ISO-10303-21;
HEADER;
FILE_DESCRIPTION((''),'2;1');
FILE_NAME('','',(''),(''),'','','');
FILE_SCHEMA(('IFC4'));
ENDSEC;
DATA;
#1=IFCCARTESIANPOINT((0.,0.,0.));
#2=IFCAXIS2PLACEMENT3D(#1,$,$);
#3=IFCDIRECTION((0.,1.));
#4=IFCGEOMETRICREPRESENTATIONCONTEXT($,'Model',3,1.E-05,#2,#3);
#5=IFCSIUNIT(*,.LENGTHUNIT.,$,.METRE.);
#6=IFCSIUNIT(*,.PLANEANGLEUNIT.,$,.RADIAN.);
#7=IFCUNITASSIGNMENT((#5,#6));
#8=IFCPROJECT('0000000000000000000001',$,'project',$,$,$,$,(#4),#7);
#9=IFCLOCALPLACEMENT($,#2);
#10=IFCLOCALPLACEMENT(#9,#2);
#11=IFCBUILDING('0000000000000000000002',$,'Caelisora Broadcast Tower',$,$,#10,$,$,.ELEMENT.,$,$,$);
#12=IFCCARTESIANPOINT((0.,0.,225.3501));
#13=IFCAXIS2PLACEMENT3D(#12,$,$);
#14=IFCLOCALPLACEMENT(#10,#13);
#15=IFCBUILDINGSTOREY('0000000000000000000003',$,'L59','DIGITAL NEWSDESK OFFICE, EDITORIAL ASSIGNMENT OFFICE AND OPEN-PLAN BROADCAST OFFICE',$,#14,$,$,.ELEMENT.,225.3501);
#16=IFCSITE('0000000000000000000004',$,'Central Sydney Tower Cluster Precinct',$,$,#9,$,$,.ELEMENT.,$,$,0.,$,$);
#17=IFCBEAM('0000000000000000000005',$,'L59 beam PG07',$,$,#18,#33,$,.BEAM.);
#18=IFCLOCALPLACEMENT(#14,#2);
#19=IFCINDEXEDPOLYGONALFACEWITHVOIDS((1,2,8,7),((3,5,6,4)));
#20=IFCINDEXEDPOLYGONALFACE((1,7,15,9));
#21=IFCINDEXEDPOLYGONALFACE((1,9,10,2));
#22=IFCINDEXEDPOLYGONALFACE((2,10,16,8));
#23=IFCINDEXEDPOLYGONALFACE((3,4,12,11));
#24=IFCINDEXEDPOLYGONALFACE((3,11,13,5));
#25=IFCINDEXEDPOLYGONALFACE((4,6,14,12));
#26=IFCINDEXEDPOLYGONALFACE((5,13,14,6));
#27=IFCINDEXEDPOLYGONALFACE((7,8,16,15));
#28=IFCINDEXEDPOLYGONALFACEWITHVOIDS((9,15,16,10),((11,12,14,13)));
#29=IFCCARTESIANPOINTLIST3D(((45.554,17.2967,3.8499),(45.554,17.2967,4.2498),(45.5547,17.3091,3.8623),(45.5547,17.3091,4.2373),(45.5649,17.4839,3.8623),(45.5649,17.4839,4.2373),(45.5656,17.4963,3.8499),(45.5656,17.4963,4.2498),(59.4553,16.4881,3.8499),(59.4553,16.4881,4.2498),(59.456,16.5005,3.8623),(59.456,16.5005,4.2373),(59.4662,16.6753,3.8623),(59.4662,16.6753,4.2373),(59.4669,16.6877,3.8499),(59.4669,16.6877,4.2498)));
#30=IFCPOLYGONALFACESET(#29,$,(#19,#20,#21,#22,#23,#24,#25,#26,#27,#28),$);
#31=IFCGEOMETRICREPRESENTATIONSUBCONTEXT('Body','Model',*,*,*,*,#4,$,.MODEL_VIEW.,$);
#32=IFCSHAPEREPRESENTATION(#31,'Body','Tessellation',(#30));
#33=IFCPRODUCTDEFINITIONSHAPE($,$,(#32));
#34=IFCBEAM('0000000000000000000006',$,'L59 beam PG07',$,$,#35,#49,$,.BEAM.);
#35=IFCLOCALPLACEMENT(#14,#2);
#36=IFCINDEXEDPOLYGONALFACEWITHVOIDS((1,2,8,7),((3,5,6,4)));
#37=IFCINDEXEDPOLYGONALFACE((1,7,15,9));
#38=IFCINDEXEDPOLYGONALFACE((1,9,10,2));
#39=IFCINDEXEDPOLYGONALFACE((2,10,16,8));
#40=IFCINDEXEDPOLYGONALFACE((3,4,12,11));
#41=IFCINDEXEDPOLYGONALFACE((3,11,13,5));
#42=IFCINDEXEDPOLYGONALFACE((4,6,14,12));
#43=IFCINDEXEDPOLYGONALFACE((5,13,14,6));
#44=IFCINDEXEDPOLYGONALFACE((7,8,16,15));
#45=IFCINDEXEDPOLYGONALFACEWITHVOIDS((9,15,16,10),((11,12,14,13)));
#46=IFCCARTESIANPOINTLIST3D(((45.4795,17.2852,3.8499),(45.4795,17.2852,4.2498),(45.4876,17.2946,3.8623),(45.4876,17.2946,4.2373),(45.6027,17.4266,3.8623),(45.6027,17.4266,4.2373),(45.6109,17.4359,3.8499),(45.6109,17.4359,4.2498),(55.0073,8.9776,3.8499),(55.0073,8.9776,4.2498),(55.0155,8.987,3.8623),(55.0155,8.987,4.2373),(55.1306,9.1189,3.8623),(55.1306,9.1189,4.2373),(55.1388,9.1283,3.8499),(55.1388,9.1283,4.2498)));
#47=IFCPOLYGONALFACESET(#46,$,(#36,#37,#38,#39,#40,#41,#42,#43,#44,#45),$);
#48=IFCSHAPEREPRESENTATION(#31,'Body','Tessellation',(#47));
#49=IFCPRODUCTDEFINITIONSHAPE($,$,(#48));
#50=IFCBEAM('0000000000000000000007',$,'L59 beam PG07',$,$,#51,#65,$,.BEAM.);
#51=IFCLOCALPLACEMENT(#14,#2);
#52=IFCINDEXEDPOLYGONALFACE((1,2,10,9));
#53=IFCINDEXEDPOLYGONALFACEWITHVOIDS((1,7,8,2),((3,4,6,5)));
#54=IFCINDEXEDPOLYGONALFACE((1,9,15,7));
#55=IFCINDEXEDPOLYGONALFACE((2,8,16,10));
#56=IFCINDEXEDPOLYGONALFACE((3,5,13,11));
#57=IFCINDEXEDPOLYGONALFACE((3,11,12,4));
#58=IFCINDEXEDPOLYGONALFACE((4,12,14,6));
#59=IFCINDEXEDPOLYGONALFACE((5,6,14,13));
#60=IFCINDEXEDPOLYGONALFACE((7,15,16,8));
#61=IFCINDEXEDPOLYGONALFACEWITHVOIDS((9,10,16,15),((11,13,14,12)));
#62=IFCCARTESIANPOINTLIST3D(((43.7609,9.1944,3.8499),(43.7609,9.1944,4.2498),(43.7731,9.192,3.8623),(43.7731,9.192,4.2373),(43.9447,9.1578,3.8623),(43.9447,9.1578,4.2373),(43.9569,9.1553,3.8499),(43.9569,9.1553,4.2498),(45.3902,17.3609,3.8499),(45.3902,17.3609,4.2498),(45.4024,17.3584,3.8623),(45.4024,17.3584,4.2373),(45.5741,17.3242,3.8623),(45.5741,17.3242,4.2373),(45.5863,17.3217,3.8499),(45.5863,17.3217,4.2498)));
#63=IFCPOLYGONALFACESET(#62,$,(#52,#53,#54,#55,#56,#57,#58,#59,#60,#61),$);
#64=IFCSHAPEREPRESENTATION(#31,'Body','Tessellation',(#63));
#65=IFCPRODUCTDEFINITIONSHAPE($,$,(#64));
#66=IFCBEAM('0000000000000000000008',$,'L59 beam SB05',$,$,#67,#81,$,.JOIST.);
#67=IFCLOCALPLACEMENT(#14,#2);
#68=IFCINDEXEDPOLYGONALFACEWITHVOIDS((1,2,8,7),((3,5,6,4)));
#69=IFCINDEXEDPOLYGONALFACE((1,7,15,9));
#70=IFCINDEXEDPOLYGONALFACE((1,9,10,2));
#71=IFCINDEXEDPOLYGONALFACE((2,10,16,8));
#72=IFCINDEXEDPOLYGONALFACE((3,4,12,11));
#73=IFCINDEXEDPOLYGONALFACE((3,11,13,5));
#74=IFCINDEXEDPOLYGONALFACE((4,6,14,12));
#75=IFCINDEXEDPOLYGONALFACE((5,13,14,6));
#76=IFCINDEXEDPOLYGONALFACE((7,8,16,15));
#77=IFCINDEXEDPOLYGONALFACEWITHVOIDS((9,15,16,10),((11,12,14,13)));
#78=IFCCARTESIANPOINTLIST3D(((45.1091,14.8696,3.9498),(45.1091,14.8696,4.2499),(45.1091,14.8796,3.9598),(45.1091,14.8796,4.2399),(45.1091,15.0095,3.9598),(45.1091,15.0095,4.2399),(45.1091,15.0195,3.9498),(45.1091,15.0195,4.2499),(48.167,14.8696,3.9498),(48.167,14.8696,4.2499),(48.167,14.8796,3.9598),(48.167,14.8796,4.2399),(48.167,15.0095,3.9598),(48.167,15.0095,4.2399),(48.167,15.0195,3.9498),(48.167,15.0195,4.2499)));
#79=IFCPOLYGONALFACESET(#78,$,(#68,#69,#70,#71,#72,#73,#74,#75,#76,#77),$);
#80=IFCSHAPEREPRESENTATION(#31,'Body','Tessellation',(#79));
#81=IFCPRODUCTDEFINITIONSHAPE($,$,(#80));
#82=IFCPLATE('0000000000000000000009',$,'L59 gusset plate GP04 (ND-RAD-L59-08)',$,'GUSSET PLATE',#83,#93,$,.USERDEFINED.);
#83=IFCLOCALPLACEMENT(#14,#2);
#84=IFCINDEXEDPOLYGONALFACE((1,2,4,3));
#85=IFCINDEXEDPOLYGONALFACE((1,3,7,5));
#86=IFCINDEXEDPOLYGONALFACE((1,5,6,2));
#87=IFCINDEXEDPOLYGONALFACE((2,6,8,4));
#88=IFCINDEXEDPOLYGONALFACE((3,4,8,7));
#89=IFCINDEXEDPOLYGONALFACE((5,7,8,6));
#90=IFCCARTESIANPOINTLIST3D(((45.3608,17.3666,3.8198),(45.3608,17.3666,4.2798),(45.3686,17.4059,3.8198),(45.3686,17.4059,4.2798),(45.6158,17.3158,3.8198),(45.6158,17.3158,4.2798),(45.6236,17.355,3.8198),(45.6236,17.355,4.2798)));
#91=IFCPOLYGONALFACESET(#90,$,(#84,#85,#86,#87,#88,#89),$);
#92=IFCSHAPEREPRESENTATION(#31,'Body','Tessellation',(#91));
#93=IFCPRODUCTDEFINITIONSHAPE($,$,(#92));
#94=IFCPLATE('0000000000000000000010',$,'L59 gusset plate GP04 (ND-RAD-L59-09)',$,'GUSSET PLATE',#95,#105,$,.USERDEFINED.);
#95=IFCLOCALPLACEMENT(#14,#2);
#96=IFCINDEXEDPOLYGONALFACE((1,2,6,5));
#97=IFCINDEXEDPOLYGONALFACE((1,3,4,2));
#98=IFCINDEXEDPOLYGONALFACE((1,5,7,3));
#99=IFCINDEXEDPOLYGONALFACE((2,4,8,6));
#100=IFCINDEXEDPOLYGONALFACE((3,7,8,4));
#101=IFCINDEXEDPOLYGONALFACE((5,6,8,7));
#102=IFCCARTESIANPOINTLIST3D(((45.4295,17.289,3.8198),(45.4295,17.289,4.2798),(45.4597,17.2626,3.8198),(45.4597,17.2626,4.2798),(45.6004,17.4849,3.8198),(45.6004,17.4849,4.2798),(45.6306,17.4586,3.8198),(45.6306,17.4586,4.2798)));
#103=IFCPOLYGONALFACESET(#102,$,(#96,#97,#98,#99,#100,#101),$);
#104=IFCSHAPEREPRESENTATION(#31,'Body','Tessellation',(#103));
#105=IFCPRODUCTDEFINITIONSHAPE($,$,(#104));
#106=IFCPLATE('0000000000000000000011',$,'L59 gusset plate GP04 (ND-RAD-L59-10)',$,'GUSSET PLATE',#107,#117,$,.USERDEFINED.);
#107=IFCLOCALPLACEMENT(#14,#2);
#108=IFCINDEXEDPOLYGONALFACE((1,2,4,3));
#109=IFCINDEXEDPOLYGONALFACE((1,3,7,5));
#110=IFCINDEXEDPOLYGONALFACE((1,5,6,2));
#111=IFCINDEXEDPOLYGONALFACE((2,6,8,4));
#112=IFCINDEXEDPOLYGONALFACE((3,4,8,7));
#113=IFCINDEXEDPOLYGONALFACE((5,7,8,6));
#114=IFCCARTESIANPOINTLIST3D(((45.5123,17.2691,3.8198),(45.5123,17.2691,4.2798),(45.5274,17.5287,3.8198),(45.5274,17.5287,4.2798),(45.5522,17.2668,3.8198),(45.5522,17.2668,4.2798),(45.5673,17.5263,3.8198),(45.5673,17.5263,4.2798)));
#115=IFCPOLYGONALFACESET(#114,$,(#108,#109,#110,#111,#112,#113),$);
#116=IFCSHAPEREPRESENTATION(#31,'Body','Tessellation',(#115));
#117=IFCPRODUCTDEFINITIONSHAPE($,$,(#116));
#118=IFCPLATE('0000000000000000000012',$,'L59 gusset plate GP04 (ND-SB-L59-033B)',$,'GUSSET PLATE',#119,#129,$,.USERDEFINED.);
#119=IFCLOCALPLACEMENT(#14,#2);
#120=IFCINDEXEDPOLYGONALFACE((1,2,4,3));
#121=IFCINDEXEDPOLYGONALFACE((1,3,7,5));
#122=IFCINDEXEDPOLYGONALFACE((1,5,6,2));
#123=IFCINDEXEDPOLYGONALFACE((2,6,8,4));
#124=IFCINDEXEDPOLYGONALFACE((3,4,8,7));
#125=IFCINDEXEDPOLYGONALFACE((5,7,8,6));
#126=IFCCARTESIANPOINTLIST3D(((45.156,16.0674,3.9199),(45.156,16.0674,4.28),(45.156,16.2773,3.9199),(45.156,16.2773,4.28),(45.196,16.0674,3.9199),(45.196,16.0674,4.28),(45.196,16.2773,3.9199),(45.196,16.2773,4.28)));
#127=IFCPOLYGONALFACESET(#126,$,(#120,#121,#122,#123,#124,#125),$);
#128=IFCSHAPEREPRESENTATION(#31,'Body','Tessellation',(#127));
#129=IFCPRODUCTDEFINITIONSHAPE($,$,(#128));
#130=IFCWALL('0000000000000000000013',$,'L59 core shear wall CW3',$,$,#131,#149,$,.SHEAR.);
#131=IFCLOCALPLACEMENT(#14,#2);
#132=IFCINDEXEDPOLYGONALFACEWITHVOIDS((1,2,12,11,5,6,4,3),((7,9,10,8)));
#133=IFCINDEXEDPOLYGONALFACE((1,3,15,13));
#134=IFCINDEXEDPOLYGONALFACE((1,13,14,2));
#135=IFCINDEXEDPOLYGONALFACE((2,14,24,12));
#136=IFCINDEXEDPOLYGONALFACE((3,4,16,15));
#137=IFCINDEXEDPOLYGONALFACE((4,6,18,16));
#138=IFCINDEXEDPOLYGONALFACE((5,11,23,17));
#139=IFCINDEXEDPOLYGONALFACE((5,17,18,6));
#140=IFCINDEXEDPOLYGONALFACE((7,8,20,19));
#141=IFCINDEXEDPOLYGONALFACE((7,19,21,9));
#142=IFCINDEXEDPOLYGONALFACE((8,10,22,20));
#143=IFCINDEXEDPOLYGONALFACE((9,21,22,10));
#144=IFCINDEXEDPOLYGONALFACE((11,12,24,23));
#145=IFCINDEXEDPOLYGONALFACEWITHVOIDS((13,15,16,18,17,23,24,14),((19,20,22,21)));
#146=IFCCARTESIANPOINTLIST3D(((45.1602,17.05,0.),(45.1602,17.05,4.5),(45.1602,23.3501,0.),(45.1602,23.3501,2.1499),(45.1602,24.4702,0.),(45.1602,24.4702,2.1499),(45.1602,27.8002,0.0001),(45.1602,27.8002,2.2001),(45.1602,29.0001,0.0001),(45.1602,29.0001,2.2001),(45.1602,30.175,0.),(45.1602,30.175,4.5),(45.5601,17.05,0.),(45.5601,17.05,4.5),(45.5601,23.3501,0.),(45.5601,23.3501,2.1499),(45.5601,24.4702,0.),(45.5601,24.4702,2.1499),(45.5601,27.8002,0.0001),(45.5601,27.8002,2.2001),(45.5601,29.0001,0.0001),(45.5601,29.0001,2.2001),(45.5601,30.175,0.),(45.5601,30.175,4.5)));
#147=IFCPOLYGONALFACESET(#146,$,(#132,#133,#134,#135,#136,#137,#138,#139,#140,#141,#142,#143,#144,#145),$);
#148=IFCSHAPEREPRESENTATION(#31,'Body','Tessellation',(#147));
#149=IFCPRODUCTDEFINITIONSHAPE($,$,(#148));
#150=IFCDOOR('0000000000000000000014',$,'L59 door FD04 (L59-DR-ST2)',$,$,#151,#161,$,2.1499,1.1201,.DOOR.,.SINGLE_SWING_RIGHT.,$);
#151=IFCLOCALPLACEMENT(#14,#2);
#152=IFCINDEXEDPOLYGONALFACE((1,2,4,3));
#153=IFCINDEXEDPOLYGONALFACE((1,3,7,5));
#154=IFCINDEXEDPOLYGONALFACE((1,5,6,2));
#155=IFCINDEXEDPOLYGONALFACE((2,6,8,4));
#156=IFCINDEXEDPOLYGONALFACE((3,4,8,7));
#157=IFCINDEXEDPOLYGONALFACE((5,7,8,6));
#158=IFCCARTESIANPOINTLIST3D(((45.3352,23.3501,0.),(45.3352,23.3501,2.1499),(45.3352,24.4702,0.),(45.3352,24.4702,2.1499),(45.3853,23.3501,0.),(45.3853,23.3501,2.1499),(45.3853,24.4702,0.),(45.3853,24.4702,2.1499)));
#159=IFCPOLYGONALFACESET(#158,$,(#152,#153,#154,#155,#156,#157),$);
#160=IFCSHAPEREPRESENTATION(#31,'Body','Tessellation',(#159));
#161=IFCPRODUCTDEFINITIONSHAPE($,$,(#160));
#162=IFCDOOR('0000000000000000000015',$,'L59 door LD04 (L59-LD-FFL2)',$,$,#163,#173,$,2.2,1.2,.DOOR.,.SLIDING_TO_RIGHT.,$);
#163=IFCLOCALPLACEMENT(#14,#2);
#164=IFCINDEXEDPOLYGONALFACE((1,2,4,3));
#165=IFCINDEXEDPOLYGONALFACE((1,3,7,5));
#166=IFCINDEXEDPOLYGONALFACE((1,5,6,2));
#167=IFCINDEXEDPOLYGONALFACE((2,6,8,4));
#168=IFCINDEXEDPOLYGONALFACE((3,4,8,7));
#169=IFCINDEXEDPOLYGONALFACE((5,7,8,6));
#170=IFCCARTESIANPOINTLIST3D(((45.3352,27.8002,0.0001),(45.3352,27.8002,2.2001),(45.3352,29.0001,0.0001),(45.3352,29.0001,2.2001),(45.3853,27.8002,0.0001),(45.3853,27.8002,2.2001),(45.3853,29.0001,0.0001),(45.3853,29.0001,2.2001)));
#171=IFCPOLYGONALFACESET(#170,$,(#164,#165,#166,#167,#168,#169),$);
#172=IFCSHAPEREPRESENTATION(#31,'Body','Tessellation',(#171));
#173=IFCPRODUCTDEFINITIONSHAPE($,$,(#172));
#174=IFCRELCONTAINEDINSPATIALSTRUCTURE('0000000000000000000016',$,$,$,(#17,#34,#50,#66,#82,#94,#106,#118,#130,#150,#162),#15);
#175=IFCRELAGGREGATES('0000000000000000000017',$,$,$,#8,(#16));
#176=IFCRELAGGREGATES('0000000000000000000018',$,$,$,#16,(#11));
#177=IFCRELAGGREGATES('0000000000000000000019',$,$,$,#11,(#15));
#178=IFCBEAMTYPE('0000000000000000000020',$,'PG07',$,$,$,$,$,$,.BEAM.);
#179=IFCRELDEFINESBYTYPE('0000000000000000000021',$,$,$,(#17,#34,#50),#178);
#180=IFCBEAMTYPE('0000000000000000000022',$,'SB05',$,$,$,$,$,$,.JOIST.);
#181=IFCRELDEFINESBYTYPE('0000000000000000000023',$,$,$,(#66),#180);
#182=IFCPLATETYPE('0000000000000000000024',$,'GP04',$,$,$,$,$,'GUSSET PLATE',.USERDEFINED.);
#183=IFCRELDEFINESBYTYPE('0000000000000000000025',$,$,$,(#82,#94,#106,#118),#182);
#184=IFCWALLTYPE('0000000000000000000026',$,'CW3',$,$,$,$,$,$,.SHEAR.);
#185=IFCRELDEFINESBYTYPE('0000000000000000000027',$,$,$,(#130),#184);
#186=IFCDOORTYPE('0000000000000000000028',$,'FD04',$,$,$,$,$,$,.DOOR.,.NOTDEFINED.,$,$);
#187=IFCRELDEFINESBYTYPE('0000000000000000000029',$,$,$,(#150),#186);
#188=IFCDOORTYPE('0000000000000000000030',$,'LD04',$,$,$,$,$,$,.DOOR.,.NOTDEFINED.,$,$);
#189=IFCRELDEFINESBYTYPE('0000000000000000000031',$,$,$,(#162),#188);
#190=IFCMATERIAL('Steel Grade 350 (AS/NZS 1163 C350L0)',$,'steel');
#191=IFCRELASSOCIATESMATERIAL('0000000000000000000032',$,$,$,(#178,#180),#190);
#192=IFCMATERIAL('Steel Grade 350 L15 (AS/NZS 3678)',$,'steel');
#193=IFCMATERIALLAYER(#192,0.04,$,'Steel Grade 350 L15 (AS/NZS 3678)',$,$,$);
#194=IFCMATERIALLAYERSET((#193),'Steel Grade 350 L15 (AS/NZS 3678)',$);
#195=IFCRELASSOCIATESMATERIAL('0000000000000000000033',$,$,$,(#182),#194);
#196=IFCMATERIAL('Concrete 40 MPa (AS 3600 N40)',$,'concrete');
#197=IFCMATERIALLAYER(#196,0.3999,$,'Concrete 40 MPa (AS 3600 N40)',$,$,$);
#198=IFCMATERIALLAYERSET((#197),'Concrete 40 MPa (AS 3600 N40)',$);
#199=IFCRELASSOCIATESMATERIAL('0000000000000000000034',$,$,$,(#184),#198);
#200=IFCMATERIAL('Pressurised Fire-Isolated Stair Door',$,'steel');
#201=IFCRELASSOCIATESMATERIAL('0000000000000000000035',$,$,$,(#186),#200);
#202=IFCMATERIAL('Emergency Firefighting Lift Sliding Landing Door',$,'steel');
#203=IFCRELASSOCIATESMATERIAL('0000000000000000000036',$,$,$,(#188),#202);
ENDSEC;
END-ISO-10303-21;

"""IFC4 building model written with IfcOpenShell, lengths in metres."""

from ifc_helpers import new_model, si_unit, direction, frame, frame_2d, origin, origin_2d, place, context, subcontext, project, spatial, rectangle, hollow_rectangle, extrude, source, transform, mapped, material, layer, layer_set, material_profile, profile_set, type_object, type_shapes, element, fill, save


model = new_model("IFC4")

# Units and contexts
model_context = context("Model", 3, precision=1e-05, world=origin(), true_north=direction((0.0, 1.0)))
body_context = subcontext(model_context, "Body", "Model", "MODEL_VIEW")
ifc_project = project(units=[si_unit("LENGTHUNIT", "METRE"), si_unit("PLANEANGLEUNIT", "RADIAN")], contexts=[model_context])

# Site, building, storey
site_placement = place(None, origin())
site = spatial("IfcSite", under=ifc_project, at=site_placement, Name="Central Sydney Tower Cluster Precinct", CompositionType="ELEMENT", RefElevation=0.0)
building_placement = place(site_placement, origin())
building = spatial("IfcBuilding", under=site, at=building_placement, Name="Caelisora Broadcast Tower", CompositionType="ELEMENT")
storey_placement = place(building_placement, frame((0.0, 0.0, 225.3501)))
storey = spatial("IfcBuildingStorey", under=building, at=storey_placement, Name="L59", Description="DIGITAL NEWSDESK OFFICE, EDITORIAL ASSIGNMENT OFFICE AND OPEN-PLAN BROADCAST OFFICE", CompositionType="ELEMENT", Elevation=225.3501)

# Beams
ifc_material_1 = material(Name="Steel Grade 350 (AS/NZS 1163 C350L0)", Category="steel")
ifc_material_profile_1 = material_profile(ifc_material_1, hollow_rectangle(XDim=0.2, YDim=0.3999, WallThickness=0.0125, at=origin_2d()), Name="Steel Grade 350 (AS/NZS 1163 C350L0)")
ifc_profile_set_1 = profile_set([ifc_material_profile_1], Name="Steel Grade 350 (AS/NZS 1163 C350L0)")
beam_type_1 = type_object("IfcBeamType", Name="PG07", PredefinedType="BEAM", material=ifc_profile_set_1)
shared_shape_1 = source(origin(), body_context, "Body", "SweptSolid", [
    extrude(hollow_rectangle(XDim=0.2, YDim=0.3999, WallThickness=0.0125, at=origin_2d()), origin(), (0.0, 0.0, 1.0), 13.9248),
])
beam_1_placement = place(storey_placement, frame((45.5598, 17.3965, 4.0498), z_axis=(0.998313, -0.058068, 0.0), x_axis=(0.058068, 0.998313, 0.0)))
element("IfcBeam", 1, at=beam_1_placement, inside=storey, type_object=beam_type_1, Name="L59 beam PG07", PredefinedType="BEAM", context=body_context, shape_type="MappedRepresentation", body=[
    mapped(shared_shape_1, transform((0.0, 0.0, 0.0), scale=1.0)),
])
shared_shape_2 = source(origin(), body_context, "Body", "SweptSolid", [
    extrude(hollow_rectangle(XDim=0.2, YDim=0.3999, WallThickness=0.0125, at=origin_2d()), origin(), (0.0, 0.0, 1.0), 12.6411),
])
beam_2_placement = place(storey_placement, frame((45.5452, 17.3606, 4.0498), z_axis=(0.753722, -0.657194, 0.0), x_axis=(0.657194, 0.753722, 0.0)))
element("IfcBeam", 2, at=beam_2_placement, inside=storey, type_object=beam_type_1, Name="L59 beam PG07", PredefinedType="BEAM", context=body_context, shape_type="MappedRepresentation", body=[
    mapped(shared_shape_2, transform((0.0, 0.0, 0.0), scale=1.0)),
])
shared_shape_3 = source(origin(), body_context, "Body", "SweptSolid", [
    extrude(hollow_rectangle(XDim=0.2, YDim=0.3999, WallThickness=0.0125, at=origin_2d()), origin(), (0.0, 0.0, 1.0), 8.3274),
])
type_shapes(beam_type_1, [shared_shape_1, shared_shape_2, shared_shape_3])
beam_3_placement = place(storey_placement, frame((45.4883, 17.3413, 4.0498), z_axis=(-0.195665, -0.980671, 0.0), x_axis=(0.980671, -0.195665, 0.0)))
element("IfcBeam", 3, at=beam_3_placement, inside=storey, type_object=beam_type_1, Name="L59 beam PG07", PredefinedType="BEAM", context=body_context, shape_type="MappedRepresentation", body=[
    mapped(shared_shape_3, transform((0.0, 0.0, 0.0), scale=1.0)),
])
ifc_material_profile_2 = material_profile(ifc_material_1, hollow_rectangle(XDim=0.1499, YDim=0.3, WallThickness=0.01, at=origin_2d()), Name="Steel Grade 350 (AS/NZS 1163 C350L0)")
ifc_profile_set_2 = profile_set([ifc_material_profile_2], Name="Steel Grade 350 (AS/NZS 1163 C350L0)")
beam_type_2 = type_object("IfcBeamType", Name="SB05", PredefinedType="JOIST", material=ifc_profile_set_2)
shared_shape_4 = source(origin(), body_context, "Body", "SweptSolid", [
    extrude(hollow_rectangle(XDim=0.1499, YDim=0.3, WallThickness=0.01, at=origin_2d()), origin(), (0.0, 0.0, 1.0), 3.0579),
])
type_shapes(beam_type_2, [shared_shape_4])
beam_4_placement = place(storey_placement, frame((45.1091, 14.9446, 4.0999), z_axis=(1.0, 0.0, 0.0), x_axis=(0.0, 1.0, 0.0)))
element("IfcBeam", 4, at=beam_4_placement, inside=storey, type_object=beam_type_2, Name="L59 beam SB05", PredefinedType="JOIST", context=body_context, shape_type="MappedRepresentation", body=[
    mapped(shared_shape_4, transform((0.0, 0.0, 0.0), scale=1.0)),
])

# Plates
ifc_material_2 = material(Name="Steel Grade 350 L15 (AS/NZS 3678)", Category="steel")
ifc_layer_1 = layer(ifc_material_2, 0.04, Name="Steel Grade 350 L15 (AS/NZS 3678)")
ifc_layer_set_1 = layer_set([ifc_layer_1], Name="Steel Grade 350 L15 (AS/NZS 3678)")
plate_type = type_object("IfcPlateType", Name="GP04", ElementType="GUSSET PLATE", PredefinedType="USERDEFINED", material=ifc_layer_set_1)
shared_shape_5 = source(origin(), body_context, "Body", "SweptSolid", [
    extrude(rectangle(XDim=0.26, YDim=0.04, at=origin_2d()), origin(), (0.0, 0.0, 1.0), 0.46),
])
for number, where, z_axis, x_axis, name in (
    (5, (45.4922, 17.3608, 3.8198), (0.0, 0.0, 1.0), (0.980683, -0.195604, 0.0), "L59 gusset plate GP04 (ND-RAD-L59-08)"),
    (6, (45.53, 17.3738, 3.8198), (0.0, 0.0, 1.0), (0.657244, 0.753678, 0.0), "L59 gusset plate GP04 (ND-RAD-L59-09)"),
    (7, (45.5398, 17.3977, 3.8198), (0.0, 0.0, 1.0), (0.058087, 0.998312, 0.0), "L59 gusset plate GP04 (ND-RAD-L59-10)"),
):
    element("IfcPlate", number, at=place(storey_placement, frame(where, z_axis=z_axis, x_axis=x_axis)), inside=storey, type_object=plate_type, Name=name, ObjectType="GUSSET PLATE", PredefinedType="USERDEFINED", context=body_context, shape_type="MappedRepresentation", body=[
        mapped(shared_shape_5, transform((0.0, 0.0, 0.0), scale=1.0)),
    ])
shared_shape_6 = source(origin(), body_context, "Body", "SweptSolid", [
    extrude(rectangle(XDim=0.21, YDim=0.04, at=origin_2d()), origin(), (0.0, 0.0, 1.0), 0.3601),
])
type_shapes(plate_type, [shared_shape_5, shared_shape_6])
plate_placement = place(storey_placement, frame((45.176, 16.1724, 3.9199), z_axis=(0.0, 0.0, 1.0), x_axis=(0.0, 1.0, 0.0)))
element("IfcPlate", 8, at=plate_placement, inside=storey, type_object=plate_type, Name="L59 gusset plate GP04 (ND-SB-L59-033B)", ObjectType="GUSSET PLATE", PredefinedType="USERDEFINED", context=body_context, shape_type="MappedRepresentation", body=[
    mapped(shared_shape_6, transform((0.0, 0.0, 0.0), scale=1.0)),
])

# Wall, openings, doors
ifc_material_3 = material(Name="Concrete 40 MPa (AS 3600 N40)", Category="concrete")
ifc_layer_2 = layer(ifc_material_3, 0.3999, Name="Concrete 40 MPa (AS 3600 N40)")
ifc_layer_set_2 = layer_set([ifc_layer_2], Name="Concrete 40 MPa (AS 3600 N40)")
wall_type_1 = type_object("IfcWallType", Name="CW3", PredefinedType="SHEAR", material=ifc_layer_set_2)
wall_1_placement = place(storey_placement, frame((45.3601, 17.05, 0.0), z_axis=(0.0, 0.0, 1.0), x_axis=(0.0, 1.0, 0.0)))
wall_1 = element("IfcWall", 9, at=wall_1_placement, inside=storey, type_object=wall_type_1, Name="L59 core shear wall CW3", PredefinedType="SHEAR", context=body_context, shape_type="SweptSolid", body=[
    extrude(rectangle(XDim=13.125, YDim=0.3999, at=frame_2d((6.5625, 0.0))), origin(), (0.0, 0.0, 1.0), 4.5),
])
opening_1_placement = place(wall_1_placement, frame((6.3, 0.0, 0.0)))
opening_1 = element("IfcOpeningElement", 10, at=opening_1_placement, cuts=wall_1, PredefinedType="OPENING", context=body_context, shape_type="SweptSolid", body=[
    extrude(rectangle(XDim=1.1201, YDim=2.1499, at=frame_2d((0.5601, 1.075))), frame((0.0, 0.2119, 0.0), z_axis=(0.0, -1.0, 0.0), x_axis=(1.0, 0.0, 0.0)), (0.0, 0.0, 1.0), 0.4238),
])
opening_2_placement = place(wall_1_placement, frame((10.75, 0.0, 0.0)))
opening_2 = element("IfcOpeningElement", 11, at=opening_2_placement, cuts=wall_1, PredefinedType="OPENING", context=body_context, shape_type="SweptSolid", body=[
    extrude(rectangle(XDim=1.2, YDim=2.2, at=frame_2d((0.6001, 1.1001))), frame((0.0, 0.2119, 0.0), z_axis=(0.0, -1.0, 0.0), x_axis=(1.0, 0.0, 0.0)), (0.0, 0.0, 1.0), 0.4238),
])
ifc_material_4 = material(Name="Pressurised Fire-Isolated Stair Door", Category="steel")
door_type_1 = type_object("IfcDoorType", Name="FD04", OperationType="NOTDEFINED", PredefinedType="DOOR", material=ifc_material_4)
door_1_placement = place(opening_1_placement, origin())
door_1 = element("IfcDoor", 12, at=door_1_placement, inside=storey, type_object=door_type_1, Name="L59 door FD04 (L59-DR-ST2)", OperationType="SINGLE_SWING_RIGHT", OverallHeight=2.1499, OverallWidth=1.1201, PredefinedType="DOOR", context=body_context, shape_type="SweptSolid", body=[
    extrude(rectangle(XDim=1.1201, YDim=2.1499, at=frame_2d((0.5601, 1.075))), frame((0.0, 0.0249, 0.0), z_axis=(0.0, -1.0, 0.0), x_axis=(1.0, 0.0, 0.0)), (0.0, 0.0, 1.0), 0.05),
])
fill(opening_1, door_1)
ifc_material_5 = material(Name="Emergency Firefighting Lift Sliding Landing Door", Category="steel")
door_type_2 = type_object("IfcDoorType", Name="LD04", OperationType="NOTDEFINED", PredefinedType="DOOR", material=ifc_material_5)
door_2_placement = place(opening_2_placement, origin())
door_2 = element("IfcDoor", 13, at=door_2_placement, inside=storey, type_object=door_type_2, Name="L59 door LD04 (L59-LD-FFL2)", OperationType="SLIDING_TO_RIGHT", OverallHeight=2.2, OverallWidth=1.2, PredefinedType="DOOR", context=body_context, shape_type="SweptSolid", body=[
    extrude(rectangle(XDim=1.2, YDim=2.2, at=frame_2d((0.6001, 1.1001))), frame((0.0, 0.0249, 0.0), z_axis=(0.0, -1.0, 0.0), x_axis=(1.0, 0.0, 0.0)), (0.0, 0.0, 1.0), 0.05),
])
fill(opening_2, door_2)

save(model, "model.ifc")
